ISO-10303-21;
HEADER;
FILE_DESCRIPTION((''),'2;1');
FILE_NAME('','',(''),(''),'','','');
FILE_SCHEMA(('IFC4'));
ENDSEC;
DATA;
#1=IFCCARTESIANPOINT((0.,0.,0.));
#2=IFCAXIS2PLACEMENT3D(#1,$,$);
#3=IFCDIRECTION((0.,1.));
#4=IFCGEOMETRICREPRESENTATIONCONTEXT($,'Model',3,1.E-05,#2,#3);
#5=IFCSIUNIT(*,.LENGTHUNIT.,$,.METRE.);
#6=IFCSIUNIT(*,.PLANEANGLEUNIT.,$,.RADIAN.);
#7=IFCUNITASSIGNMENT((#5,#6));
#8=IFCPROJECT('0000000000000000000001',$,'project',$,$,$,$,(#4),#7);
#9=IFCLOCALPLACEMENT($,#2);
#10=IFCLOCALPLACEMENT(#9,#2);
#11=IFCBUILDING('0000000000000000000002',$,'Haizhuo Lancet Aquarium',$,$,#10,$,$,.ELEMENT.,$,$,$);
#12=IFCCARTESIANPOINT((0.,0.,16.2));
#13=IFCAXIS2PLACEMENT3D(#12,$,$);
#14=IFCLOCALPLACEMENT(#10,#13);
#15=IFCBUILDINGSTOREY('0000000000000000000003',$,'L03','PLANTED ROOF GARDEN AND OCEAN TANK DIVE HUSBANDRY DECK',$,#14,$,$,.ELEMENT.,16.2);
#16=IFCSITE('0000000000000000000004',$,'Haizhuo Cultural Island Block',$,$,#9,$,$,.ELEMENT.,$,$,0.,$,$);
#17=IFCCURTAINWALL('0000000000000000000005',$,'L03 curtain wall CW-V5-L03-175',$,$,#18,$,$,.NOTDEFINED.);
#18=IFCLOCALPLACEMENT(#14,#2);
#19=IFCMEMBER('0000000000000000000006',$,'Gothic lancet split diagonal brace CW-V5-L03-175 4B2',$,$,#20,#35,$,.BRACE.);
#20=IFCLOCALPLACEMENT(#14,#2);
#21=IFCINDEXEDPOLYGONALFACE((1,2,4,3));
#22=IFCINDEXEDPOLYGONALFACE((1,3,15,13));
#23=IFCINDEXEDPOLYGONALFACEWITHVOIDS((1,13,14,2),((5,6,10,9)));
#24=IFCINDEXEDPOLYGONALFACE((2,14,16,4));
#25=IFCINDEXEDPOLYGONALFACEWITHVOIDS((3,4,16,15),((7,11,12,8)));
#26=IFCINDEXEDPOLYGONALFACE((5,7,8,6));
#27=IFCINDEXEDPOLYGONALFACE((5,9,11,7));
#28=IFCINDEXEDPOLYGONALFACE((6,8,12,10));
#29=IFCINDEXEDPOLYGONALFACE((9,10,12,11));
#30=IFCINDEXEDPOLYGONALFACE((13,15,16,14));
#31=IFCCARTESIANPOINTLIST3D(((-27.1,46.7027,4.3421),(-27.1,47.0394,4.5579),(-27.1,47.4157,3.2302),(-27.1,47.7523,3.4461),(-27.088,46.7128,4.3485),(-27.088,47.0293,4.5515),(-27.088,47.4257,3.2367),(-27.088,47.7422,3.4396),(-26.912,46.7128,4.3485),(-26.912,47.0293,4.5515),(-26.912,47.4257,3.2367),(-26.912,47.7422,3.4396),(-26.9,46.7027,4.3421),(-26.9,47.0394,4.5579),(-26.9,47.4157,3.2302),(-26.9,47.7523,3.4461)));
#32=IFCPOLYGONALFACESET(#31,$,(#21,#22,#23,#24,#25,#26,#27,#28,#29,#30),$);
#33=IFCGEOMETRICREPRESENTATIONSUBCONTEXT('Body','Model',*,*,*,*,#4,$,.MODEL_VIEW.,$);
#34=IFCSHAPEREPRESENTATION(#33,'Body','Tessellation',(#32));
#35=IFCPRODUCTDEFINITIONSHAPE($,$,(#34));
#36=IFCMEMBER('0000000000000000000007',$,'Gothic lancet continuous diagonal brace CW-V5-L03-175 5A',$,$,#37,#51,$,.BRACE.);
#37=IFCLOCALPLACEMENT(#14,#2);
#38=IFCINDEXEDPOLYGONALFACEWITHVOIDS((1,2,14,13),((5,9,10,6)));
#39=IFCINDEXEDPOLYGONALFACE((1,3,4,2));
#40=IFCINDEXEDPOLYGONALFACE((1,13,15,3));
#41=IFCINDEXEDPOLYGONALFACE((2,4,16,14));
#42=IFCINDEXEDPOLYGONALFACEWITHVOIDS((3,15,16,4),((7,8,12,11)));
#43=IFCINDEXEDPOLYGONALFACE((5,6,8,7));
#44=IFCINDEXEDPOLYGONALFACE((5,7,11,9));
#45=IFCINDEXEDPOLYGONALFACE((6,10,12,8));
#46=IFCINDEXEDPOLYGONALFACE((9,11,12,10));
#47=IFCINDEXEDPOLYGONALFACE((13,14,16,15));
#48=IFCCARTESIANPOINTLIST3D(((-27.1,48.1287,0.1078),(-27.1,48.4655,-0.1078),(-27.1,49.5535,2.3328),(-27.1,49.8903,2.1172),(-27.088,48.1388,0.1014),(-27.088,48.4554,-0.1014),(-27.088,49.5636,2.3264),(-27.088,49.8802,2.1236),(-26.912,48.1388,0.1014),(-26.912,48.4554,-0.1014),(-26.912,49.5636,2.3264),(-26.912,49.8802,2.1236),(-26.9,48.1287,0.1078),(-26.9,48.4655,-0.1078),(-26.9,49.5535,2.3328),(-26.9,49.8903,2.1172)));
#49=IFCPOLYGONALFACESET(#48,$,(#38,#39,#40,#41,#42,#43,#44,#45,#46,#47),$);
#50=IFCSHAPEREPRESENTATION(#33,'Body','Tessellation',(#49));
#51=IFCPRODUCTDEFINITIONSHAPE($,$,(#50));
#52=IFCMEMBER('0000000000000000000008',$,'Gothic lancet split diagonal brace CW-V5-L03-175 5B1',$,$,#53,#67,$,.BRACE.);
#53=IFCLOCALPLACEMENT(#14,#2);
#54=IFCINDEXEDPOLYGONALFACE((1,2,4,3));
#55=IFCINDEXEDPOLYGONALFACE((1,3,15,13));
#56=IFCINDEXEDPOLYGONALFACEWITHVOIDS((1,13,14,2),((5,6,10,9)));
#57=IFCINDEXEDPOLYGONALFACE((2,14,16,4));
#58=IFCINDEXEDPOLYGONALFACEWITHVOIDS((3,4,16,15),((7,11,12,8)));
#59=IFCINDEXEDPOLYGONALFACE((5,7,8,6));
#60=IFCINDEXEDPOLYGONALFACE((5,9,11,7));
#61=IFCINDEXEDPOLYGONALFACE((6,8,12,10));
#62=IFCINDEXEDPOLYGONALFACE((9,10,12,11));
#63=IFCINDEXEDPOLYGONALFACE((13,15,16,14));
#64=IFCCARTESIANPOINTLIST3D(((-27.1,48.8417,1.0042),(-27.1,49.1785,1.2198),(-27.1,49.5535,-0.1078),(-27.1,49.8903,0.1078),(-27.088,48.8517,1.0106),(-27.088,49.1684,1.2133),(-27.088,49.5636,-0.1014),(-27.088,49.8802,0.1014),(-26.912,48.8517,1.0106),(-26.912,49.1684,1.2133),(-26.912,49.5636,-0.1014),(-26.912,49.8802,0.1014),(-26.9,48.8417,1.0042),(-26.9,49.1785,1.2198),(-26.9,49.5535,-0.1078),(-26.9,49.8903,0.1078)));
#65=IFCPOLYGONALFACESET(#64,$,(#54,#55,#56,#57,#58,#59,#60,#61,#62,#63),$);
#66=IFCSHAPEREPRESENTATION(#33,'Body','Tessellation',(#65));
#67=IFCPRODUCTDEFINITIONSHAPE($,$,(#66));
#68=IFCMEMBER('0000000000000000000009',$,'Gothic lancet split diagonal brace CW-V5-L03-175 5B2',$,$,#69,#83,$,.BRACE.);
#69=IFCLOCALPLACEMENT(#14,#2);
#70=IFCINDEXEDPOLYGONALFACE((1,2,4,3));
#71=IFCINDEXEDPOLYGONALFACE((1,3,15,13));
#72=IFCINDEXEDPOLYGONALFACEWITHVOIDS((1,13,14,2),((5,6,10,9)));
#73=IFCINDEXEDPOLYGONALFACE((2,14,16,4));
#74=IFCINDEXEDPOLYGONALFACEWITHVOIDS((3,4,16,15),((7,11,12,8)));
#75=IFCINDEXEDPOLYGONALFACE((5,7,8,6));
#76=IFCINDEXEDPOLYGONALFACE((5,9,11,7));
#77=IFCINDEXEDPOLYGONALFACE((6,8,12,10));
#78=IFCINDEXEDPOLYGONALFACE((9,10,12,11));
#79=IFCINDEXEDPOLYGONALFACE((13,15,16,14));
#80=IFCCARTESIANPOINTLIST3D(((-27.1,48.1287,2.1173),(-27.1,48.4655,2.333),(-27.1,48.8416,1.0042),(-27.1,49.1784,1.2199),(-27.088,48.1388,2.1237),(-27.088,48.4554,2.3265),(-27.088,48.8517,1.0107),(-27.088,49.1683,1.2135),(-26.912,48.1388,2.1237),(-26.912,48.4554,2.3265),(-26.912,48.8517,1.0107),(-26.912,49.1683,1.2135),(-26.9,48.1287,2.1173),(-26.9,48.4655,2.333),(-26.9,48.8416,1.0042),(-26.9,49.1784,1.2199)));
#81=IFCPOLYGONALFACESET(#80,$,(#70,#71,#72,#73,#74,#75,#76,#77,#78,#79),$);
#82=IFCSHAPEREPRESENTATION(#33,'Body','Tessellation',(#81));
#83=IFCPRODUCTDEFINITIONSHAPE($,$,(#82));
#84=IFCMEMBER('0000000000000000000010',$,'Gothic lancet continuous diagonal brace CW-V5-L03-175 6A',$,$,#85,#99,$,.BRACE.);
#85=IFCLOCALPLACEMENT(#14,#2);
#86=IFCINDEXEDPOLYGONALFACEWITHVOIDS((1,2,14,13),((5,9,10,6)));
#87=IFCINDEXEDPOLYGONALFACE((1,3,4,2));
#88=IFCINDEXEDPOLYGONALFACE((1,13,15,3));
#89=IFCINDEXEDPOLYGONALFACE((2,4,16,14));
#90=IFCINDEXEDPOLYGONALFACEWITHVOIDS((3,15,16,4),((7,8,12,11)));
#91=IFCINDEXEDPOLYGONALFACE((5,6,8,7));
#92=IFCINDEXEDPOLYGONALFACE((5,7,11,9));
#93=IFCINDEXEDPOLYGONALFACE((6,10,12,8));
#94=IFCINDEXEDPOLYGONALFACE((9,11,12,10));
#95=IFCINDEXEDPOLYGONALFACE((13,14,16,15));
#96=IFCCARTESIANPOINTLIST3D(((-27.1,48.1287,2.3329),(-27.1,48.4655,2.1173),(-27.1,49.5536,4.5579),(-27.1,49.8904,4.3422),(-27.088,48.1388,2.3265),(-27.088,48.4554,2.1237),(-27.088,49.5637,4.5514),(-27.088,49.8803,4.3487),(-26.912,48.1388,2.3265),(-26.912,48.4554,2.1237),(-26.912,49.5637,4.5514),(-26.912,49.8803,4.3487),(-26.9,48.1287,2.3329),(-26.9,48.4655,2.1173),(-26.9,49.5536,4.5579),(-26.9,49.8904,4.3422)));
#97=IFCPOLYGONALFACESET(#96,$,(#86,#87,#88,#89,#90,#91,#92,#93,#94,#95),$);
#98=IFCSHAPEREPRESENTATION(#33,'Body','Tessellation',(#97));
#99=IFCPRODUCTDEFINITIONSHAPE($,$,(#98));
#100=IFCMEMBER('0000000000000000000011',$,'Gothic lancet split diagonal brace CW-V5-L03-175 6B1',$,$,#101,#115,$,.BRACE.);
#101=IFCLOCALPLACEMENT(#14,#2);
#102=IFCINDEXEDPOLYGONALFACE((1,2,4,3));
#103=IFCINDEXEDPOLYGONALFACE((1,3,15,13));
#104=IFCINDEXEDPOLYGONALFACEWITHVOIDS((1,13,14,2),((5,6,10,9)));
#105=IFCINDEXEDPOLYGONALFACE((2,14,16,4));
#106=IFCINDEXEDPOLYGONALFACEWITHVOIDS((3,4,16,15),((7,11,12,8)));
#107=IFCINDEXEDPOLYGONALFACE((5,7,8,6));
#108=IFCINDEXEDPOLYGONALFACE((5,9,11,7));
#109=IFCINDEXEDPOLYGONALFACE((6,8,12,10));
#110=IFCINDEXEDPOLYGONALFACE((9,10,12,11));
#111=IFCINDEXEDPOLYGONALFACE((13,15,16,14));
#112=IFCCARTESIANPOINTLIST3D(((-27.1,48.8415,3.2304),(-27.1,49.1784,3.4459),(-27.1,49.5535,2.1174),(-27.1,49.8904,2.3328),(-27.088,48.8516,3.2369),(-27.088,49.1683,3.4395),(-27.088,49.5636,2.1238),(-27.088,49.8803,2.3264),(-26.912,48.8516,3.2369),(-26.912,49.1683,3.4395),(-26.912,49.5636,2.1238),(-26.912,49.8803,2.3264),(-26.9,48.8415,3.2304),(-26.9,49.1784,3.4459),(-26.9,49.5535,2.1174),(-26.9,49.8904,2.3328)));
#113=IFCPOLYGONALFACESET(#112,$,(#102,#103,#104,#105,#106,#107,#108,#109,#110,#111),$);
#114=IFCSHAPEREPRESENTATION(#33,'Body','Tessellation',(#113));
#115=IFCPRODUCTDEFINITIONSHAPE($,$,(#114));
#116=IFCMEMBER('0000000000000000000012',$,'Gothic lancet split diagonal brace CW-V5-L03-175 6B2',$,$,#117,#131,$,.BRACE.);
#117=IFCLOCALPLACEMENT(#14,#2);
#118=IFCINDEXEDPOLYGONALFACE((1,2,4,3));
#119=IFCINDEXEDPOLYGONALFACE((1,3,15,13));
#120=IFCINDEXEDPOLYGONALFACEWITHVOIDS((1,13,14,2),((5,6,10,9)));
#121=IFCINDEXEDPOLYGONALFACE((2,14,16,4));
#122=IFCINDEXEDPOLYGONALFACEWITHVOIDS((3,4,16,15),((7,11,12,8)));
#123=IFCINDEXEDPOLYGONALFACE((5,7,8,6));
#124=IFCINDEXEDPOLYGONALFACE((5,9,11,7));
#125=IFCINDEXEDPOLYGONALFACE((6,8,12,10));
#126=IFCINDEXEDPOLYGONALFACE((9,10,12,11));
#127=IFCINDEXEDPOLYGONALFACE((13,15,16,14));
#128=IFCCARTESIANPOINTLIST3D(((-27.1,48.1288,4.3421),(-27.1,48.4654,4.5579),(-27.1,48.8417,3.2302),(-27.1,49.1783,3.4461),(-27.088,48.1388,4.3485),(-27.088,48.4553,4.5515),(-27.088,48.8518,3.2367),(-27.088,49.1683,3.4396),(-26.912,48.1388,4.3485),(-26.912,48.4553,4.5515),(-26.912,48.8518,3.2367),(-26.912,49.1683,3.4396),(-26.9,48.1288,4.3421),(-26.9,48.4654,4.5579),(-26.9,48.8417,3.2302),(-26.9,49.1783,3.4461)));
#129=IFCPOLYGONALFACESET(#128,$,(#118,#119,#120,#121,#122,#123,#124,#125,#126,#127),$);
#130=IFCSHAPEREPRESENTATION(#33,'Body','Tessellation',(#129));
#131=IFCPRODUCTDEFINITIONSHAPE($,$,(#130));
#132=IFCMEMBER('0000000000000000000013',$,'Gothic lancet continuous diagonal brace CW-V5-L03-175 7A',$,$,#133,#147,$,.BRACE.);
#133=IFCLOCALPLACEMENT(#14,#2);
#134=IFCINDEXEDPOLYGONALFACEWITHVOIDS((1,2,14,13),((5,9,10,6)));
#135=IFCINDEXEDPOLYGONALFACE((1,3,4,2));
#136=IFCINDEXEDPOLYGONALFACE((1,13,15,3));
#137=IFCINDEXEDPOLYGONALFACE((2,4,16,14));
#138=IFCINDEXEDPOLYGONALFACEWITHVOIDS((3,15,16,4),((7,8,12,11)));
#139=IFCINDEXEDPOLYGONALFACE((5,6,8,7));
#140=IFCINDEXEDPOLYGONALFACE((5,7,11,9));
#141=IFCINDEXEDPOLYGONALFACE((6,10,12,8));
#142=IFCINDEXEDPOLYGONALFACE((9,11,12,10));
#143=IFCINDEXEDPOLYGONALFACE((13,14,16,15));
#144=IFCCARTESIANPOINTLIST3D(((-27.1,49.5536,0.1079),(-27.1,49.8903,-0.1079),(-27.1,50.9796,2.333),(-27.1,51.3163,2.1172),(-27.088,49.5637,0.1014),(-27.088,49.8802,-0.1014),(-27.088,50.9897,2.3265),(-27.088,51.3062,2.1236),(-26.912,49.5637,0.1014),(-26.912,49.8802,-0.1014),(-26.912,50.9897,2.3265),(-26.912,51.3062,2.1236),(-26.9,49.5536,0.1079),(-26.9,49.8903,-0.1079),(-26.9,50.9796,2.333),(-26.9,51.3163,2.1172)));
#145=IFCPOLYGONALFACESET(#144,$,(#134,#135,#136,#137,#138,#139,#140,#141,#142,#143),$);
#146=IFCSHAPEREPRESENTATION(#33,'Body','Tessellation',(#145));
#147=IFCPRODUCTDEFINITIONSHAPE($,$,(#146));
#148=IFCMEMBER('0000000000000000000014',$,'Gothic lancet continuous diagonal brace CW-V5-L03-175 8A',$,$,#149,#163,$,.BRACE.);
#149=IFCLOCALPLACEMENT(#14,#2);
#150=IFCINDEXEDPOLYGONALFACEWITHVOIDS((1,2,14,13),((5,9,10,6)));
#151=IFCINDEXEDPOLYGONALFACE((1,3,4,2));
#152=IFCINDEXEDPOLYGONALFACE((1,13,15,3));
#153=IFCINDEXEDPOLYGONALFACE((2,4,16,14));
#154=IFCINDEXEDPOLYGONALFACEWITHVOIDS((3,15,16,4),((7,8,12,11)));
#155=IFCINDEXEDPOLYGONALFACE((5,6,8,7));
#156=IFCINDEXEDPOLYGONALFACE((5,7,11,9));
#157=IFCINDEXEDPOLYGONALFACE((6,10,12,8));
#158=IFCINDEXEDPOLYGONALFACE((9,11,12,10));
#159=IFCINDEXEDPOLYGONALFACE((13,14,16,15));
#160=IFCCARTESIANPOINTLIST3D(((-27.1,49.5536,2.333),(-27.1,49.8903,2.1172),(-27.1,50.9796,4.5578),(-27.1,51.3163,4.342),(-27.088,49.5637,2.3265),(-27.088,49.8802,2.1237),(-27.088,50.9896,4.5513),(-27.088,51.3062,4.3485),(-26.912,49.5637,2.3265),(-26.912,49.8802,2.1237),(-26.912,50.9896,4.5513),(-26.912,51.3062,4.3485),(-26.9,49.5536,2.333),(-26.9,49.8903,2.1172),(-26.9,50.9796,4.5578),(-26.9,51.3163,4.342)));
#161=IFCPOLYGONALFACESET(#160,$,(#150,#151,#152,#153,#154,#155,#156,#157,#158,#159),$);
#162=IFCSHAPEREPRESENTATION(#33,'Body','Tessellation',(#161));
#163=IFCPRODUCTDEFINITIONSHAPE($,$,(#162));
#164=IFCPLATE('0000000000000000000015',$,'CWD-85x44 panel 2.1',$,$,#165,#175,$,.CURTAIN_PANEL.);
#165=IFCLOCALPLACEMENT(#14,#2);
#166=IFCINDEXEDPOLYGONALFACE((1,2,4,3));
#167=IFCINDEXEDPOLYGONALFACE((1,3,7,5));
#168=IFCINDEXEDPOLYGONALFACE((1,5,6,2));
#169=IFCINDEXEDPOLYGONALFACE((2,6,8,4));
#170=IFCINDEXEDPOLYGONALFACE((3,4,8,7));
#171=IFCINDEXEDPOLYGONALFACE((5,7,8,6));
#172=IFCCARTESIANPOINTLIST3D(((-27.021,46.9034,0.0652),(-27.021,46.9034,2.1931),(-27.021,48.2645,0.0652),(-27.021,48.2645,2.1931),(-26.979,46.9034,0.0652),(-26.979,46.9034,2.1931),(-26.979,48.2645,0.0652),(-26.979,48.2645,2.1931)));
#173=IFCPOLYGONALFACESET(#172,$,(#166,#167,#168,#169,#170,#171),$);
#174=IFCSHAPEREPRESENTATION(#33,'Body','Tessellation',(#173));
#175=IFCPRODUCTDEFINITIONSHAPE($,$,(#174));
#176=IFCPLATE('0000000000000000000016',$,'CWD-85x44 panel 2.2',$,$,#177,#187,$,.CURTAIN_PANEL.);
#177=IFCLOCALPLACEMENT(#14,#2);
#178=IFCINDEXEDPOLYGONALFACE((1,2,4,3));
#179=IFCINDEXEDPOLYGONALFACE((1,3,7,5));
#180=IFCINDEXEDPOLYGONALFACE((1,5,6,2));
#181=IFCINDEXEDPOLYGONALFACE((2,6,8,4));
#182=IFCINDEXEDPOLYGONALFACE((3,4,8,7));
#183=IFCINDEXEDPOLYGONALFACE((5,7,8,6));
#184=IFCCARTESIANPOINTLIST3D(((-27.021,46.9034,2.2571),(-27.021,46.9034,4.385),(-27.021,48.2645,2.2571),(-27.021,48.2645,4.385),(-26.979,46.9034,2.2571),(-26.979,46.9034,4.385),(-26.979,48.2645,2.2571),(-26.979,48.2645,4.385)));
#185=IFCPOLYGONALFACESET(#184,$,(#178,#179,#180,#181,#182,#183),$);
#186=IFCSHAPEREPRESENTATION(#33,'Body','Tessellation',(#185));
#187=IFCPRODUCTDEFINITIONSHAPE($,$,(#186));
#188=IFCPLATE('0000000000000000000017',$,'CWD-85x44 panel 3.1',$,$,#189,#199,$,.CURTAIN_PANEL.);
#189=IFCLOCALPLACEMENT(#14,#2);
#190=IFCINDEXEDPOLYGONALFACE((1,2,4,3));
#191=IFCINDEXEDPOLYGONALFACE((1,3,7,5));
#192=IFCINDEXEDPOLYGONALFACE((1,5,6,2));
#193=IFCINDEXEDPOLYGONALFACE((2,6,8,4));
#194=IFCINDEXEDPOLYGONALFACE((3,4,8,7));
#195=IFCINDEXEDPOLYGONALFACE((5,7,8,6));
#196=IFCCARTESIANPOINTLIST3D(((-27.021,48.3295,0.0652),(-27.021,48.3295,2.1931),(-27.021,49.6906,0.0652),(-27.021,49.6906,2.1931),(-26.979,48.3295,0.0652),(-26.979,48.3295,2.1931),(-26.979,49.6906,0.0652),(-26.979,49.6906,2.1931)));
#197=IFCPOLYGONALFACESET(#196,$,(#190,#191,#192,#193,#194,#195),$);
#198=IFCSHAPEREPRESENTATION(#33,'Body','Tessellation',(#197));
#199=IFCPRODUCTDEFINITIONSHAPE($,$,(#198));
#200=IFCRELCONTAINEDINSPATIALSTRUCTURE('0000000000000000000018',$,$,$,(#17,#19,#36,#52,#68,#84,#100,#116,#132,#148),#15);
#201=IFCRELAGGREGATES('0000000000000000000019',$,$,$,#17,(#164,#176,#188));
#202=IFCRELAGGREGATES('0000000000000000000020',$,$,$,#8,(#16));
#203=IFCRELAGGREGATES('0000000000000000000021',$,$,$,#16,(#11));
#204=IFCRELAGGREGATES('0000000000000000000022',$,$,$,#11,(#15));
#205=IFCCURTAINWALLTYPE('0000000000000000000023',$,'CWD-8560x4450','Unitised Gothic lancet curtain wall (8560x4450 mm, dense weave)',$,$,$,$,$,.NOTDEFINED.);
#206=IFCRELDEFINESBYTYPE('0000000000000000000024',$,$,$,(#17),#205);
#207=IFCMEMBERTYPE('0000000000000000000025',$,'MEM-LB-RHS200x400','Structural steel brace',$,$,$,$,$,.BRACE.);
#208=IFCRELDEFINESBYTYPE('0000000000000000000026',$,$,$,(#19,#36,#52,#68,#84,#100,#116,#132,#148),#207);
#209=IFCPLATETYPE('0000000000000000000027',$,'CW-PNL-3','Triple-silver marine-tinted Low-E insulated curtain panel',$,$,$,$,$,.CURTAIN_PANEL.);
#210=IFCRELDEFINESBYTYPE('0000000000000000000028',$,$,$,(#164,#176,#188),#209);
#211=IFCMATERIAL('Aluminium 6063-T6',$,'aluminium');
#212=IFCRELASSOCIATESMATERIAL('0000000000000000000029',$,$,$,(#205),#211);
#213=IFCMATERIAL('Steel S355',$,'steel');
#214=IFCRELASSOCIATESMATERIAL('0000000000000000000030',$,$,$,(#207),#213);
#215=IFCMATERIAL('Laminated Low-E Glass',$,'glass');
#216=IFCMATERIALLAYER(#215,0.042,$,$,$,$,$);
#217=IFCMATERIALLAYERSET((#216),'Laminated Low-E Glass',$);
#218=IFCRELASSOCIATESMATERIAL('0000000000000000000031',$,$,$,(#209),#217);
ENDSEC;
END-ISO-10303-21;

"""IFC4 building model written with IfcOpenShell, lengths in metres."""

from ifc_helpers import new_model, si_unit, direction, frame, origin, origin_2d, place, context, subcontext, project, spatial, rectangle, hollow_rectangle, extrude, material, layer, layer_set, material_profile, profile_set, type_object, element, aggregate, save


model = new_model("IFC4")

# Units and contexts
model_context = context("Model", 3, precision=1e-05, world=origin(), true_north=direction((0.0, 1.0)))
body_context = subcontext(model_context, "Body", "Model", "MODEL_VIEW")
ifc_project = project(units=[si_unit("LENGTHUNIT", "METRE"), si_unit("PLANEANGLEUNIT", "RADIAN")], contexts=[model_context])

# Site, building, storey
site_placement = place(None, origin())
site = spatial("IfcSite", under=ifc_project, at=site_placement, Name="Haizhuo Cultural Island Block", CompositionType="ELEMENT", RefElevation=0.0)
building_placement = place(site_placement, origin())
building = spatial("IfcBuilding", under=site, at=building_placement, Name="Haizhuo Lancet Aquarium", CompositionType="ELEMENT")
storey_placement = place(building_placement, frame((0.0, 0.0, 16.2)))
storey = spatial("IfcBuildingStorey", under=building, at=storey_placement, Name="L03", Description="PLANTED ROOF GARDEN AND OCEAN TANK DIVE HUSBANDRY DECK", CompositionType="ELEMENT", Elevation=16.2)

# Curtain wall
ifc_material_1 = material(Name="Aluminium 6063-T6", Category="aluminium")
curtain_wall_type = type_object("IfcCurtainWallType", Name="CWD-8560x4450", Description="Unitised Gothic lancet curtain wall (8560x4450 mm, dense weave)", PredefinedType="NOTDEFINED", material=ifc_material_1)
curtain_wall_placement = place(storey_placement, origin())
curtain_wall = element("IfcCurtainWall", 1, at=curtain_wall_placement, inside=storey, type_object=curtain_wall_type, Name="L03 curtain wall CW-V5-L03-175", PredefinedType="NOTDEFINED")

# Members
ifc_material_2 = material(Name="Steel S355", Category="steel")
ifc_material_profile_1 = material_profile(ifc_material_2, hollow_rectangle(XDim=0.2, YDim=0.3999, WallThickness=0.012, at=origin_2d()), Name="RHS 200x400x12")
ifc_profile_set_1 = profile_set([ifc_material_profile_1], Name="Steel S355")
member_type_1 = type_object("IfcMemberType", Name="MEM-LB-RHS200x400", Description="Structural steel brace", PredefinedType="BRACE", material=ifc_profile_set_1)
member_1_placement = place(storey_placement, frame((-27.0, 47.584, 3.3381), z_axis=(0.0, -0.539767, 0.841815), x_axis=(1.0, 0.0, 0.0)))
element("IfcMember", 2, at=member_1_placement, inside=storey, type_object=member_type_1, Name="Gothic lancet split diagonal brace CW-V5-L03-175 4B2", PredefinedType="BRACE", context=body_context, shape_type="SweptSolid", body=[
    extrude(hollow_rectangle(XDim=0.2, YDim=0.3999, WallThickness=0.012, at=origin_2d()), origin(), (0.0, 0.0, 1.0), 1.3208),
])
member_2_placement = place(storey_placement, frame((-27.0, 48.2971, 0.0), z_axis=(0.0, 0.539253, 0.842144), x_axis=(-1.0, 0.0, 0.0)))
element("IfcMember", 3, at=member_2_placement, inside=storey, type_object=member_type_1, Name="Gothic lancet continuous diagonal brace CW-V5-L03-175 5A", PredefinedType="BRACE", context=body_context, shape_type="SweptSolid", body=[
    extrude(hollow_rectangle(XDim=0.2, YDim=0.3999, WallThickness=0.012, at=origin_2d()), origin(), (0.0, 0.0, 1.0), 2.6421),
])
member_3_placement = place(storey_placement, frame((-27.0, 49.7219, 0.0), z_axis=(0.0, -0.539159, 0.842204), x_axis=(1.0, 0.0, 0.0)))
element("IfcMember", 4, at=member_3_placement, inside=storey, type_object=member_type_1, Name="Gothic lancet split diagonal brace CW-V5-L03-175 5B1", PredefinedType="BRACE", context=body_context, shape_type="SweptSolid", body=[
    extrude(hollow_rectangle(XDim=0.2, YDim=0.3999, WallThickness=0.012, at=origin_2d()), origin(), (0.0, 0.0, 1.0), 1.3203),
])
member_4_placement = place(storey_placement, frame((-27.0, 49.01, 1.1121), z_axis=(0.0, -0.539347, 0.842083), x_axis=(1.0, 0.0, 0.0)))
element("IfcMember", 5, at=member_4_placement, inside=storey, type_object=member_type_1, Name="Gothic lancet split diagonal brace CW-V5-L03-175 5B2", PredefinedType="BRACE", context=body_context, shape_type="SweptSolid", body=[
    extrude(hollow_rectangle(XDim=0.2, YDim=0.3999, WallThickness=0.012, at=origin_2d()), origin(), (0.0, 0.0, 1.0), 1.3218),
])
member_5_placement = place(storey_placement, frame((-27.0, 48.2971, 2.2251), z_axis=(0.0, 0.539295, 0.842117), x_axis=(-1.0, 0.0, 0.0)))
element("IfcMember", 6, at=member_5_placement, inside=storey, type_object=member_type_1, Name="Gothic lancet continuous diagonal brace CW-V5-L03-175 6A", PredefinedType="BRACE", context=body_context, shape_type="SweptSolid", body=[
    extrude(hollow_rectangle(XDim=0.2, YDim=0.3999, WallThickness=0.012, at=origin_2d()), origin(), (0.0, 0.0, 1.0), 2.6421),
])
member_6_placement = place(storey_placement, frame((-27.0, 49.7219, 2.2251), z_axis=(0.0, -0.538823, 0.842419), x_axis=(1.0, 0.0, 0.0)))
element("IfcMember", 7, at=member_6_placement, inside=storey, type_object=member_type_1, Name="Gothic lancet split diagonal brace CW-V5-L03-175 6B1", PredefinedType="BRACE", context=body_context, shape_type="SweptSolid", body=[
    extrude(hollow_rectangle(XDim=0.2, YDim=0.3999, WallThickness=0.012, at=origin_2d()), origin(), (0.0, 0.0, 1.0), 1.3213),
])
member_7_placement = place(storey_placement, frame((-27.0, 49.01, 3.3381), z_axis=(0.0, -0.539767, 0.841815), x_axis=(1.0, 0.0, 0.0)))
element("IfcMember", 8, at=member_7_placement, inside=storey, type_object=member_type_1, Name="Gothic lancet split diagonal brace CW-V5-L03-175 6B2", PredefinedType="BRACE", context=body_context, shape_type="SweptSolid", body=[
    extrude(hollow_rectangle(XDim=0.2, YDim=0.3999, WallThickness=0.012, at=origin_2d()), origin(), (0.0, 0.0, 1.0), 1.3208),
])
member_8_placement = place(storey_placement, frame((-27.0, 49.7219, 0.0), z_axis=(0.0, 0.53958, 0.841934), x_axis=(-1.0, 0.0, 0.0)))
element("IfcMember", 9, at=member_8_placement, inside=storey, type_object=member_type_1, Name="Gothic lancet continuous diagonal brace CW-V5-L03-175 7A", PredefinedType="BRACE", context=body_context, shape_type="SweptSolid", body=[
    extrude(hollow_rectangle(XDim=0.2, YDim=0.3999, WallThickness=0.012, at=origin_2d()), origin(), (0.0, 0.0, 1.0), 2.6428),
])
member_9_placement = place(storey_placement, frame((-27.0, 49.7219, 2.2251), z_axis=(0.0, 0.539622, 0.841907), x_axis=(-1.0, 0.0, 0.0)))
element("IfcMember", 10, at=member_9_placement, inside=storey, type_object=member_type_1, Name="Gothic lancet continuous diagonal brace CW-V5-L03-175 8A", PredefinedType="BRACE", context=body_context, shape_type="SweptSolid", body=[
    extrude(hollow_rectangle(XDim=0.2, YDim=0.3999, WallThickness=0.012, at=origin_2d()), origin(), (0.0, 0.0, 1.0), 2.6426),
])

# Plates
ifc_material_3 = material(Name="Laminated Low-E Glass", Category="glass")
ifc_layer = layer(ifc_material_3, 0.042)
ifc_layer_set = layer_set([ifc_layer], Name="Laminated Low-E Glass")
plate_type = type_object("IfcPlateType", Name="CW-PNL-3", Description="Triple-silver marine-tinted Low-E insulated curtain panel", PredefinedType="CURTAIN_PANEL", material=ifc_layer_set)
plate_1_placement = place(storey_placement, frame((-27.0, 47.584, 0.0652), z_axis=(0.0, 0.0, 1.0), x_axis=(0.0, 1.0, 0.0)))
plate_1 = element("IfcPlate", 11, at=plate_1_placement, type_object=plate_type, Name="CWD-85x44 panel 2.1", PredefinedType="CURTAIN_PANEL", context=body_context, shape_type="SweptSolid", body=[
    extrude(rectangle(XDim=1.3611, YDim=0.042, at=origin_2d()), origin(), (0.0, 0.0, 1.0), 2.1279),
])
plate_2_placement = place(storey_placement, frame((-27.0, 47.584, 2.2571), z_axis=(0.0, 0.0, 1.0), x_axis=(0.0, 1.0, 0.0)))
plate_2 = element("IfcPlate", 12, at=plate_2_placement, type_object=plate_type, Name="CWD-85x44 panel 2.2", PredefinedType="CURTAIN_PANEL", context=body_context, shape_type="SweptSolid", body=[
    extrude(rectangle(XDim=1.3611, YDim=0.042, at=origin_2d()), origin(), (0.0, 0.0, 1.0), 2.1279),
])
plate_3_placement = place(storey_placement, frame((-27.0, 49.01, 0.0652), z_axis=(0.0, 0.0, 1.0), x_axis=(0.0, 1.0, 0.0)))
plate_3 = element("IfcPlate", 13, at=plate_3_placement, type_object=plate_type, Name="CWD-85x44 panel 3.1", PredefinedType="CURTAIN_PANEL", context=body_context, shape_type="SweptSolid", body=[
    extrude(rectangle(XDim=1.3611, YDim=0.042, at=origin_2d()), origin(), (0.0, 0.0, 1.0), 2.1279),
])
aggregate(curtain_wall, [plate_1, plate_2, plate_3])

save(model, "model.ifc")
